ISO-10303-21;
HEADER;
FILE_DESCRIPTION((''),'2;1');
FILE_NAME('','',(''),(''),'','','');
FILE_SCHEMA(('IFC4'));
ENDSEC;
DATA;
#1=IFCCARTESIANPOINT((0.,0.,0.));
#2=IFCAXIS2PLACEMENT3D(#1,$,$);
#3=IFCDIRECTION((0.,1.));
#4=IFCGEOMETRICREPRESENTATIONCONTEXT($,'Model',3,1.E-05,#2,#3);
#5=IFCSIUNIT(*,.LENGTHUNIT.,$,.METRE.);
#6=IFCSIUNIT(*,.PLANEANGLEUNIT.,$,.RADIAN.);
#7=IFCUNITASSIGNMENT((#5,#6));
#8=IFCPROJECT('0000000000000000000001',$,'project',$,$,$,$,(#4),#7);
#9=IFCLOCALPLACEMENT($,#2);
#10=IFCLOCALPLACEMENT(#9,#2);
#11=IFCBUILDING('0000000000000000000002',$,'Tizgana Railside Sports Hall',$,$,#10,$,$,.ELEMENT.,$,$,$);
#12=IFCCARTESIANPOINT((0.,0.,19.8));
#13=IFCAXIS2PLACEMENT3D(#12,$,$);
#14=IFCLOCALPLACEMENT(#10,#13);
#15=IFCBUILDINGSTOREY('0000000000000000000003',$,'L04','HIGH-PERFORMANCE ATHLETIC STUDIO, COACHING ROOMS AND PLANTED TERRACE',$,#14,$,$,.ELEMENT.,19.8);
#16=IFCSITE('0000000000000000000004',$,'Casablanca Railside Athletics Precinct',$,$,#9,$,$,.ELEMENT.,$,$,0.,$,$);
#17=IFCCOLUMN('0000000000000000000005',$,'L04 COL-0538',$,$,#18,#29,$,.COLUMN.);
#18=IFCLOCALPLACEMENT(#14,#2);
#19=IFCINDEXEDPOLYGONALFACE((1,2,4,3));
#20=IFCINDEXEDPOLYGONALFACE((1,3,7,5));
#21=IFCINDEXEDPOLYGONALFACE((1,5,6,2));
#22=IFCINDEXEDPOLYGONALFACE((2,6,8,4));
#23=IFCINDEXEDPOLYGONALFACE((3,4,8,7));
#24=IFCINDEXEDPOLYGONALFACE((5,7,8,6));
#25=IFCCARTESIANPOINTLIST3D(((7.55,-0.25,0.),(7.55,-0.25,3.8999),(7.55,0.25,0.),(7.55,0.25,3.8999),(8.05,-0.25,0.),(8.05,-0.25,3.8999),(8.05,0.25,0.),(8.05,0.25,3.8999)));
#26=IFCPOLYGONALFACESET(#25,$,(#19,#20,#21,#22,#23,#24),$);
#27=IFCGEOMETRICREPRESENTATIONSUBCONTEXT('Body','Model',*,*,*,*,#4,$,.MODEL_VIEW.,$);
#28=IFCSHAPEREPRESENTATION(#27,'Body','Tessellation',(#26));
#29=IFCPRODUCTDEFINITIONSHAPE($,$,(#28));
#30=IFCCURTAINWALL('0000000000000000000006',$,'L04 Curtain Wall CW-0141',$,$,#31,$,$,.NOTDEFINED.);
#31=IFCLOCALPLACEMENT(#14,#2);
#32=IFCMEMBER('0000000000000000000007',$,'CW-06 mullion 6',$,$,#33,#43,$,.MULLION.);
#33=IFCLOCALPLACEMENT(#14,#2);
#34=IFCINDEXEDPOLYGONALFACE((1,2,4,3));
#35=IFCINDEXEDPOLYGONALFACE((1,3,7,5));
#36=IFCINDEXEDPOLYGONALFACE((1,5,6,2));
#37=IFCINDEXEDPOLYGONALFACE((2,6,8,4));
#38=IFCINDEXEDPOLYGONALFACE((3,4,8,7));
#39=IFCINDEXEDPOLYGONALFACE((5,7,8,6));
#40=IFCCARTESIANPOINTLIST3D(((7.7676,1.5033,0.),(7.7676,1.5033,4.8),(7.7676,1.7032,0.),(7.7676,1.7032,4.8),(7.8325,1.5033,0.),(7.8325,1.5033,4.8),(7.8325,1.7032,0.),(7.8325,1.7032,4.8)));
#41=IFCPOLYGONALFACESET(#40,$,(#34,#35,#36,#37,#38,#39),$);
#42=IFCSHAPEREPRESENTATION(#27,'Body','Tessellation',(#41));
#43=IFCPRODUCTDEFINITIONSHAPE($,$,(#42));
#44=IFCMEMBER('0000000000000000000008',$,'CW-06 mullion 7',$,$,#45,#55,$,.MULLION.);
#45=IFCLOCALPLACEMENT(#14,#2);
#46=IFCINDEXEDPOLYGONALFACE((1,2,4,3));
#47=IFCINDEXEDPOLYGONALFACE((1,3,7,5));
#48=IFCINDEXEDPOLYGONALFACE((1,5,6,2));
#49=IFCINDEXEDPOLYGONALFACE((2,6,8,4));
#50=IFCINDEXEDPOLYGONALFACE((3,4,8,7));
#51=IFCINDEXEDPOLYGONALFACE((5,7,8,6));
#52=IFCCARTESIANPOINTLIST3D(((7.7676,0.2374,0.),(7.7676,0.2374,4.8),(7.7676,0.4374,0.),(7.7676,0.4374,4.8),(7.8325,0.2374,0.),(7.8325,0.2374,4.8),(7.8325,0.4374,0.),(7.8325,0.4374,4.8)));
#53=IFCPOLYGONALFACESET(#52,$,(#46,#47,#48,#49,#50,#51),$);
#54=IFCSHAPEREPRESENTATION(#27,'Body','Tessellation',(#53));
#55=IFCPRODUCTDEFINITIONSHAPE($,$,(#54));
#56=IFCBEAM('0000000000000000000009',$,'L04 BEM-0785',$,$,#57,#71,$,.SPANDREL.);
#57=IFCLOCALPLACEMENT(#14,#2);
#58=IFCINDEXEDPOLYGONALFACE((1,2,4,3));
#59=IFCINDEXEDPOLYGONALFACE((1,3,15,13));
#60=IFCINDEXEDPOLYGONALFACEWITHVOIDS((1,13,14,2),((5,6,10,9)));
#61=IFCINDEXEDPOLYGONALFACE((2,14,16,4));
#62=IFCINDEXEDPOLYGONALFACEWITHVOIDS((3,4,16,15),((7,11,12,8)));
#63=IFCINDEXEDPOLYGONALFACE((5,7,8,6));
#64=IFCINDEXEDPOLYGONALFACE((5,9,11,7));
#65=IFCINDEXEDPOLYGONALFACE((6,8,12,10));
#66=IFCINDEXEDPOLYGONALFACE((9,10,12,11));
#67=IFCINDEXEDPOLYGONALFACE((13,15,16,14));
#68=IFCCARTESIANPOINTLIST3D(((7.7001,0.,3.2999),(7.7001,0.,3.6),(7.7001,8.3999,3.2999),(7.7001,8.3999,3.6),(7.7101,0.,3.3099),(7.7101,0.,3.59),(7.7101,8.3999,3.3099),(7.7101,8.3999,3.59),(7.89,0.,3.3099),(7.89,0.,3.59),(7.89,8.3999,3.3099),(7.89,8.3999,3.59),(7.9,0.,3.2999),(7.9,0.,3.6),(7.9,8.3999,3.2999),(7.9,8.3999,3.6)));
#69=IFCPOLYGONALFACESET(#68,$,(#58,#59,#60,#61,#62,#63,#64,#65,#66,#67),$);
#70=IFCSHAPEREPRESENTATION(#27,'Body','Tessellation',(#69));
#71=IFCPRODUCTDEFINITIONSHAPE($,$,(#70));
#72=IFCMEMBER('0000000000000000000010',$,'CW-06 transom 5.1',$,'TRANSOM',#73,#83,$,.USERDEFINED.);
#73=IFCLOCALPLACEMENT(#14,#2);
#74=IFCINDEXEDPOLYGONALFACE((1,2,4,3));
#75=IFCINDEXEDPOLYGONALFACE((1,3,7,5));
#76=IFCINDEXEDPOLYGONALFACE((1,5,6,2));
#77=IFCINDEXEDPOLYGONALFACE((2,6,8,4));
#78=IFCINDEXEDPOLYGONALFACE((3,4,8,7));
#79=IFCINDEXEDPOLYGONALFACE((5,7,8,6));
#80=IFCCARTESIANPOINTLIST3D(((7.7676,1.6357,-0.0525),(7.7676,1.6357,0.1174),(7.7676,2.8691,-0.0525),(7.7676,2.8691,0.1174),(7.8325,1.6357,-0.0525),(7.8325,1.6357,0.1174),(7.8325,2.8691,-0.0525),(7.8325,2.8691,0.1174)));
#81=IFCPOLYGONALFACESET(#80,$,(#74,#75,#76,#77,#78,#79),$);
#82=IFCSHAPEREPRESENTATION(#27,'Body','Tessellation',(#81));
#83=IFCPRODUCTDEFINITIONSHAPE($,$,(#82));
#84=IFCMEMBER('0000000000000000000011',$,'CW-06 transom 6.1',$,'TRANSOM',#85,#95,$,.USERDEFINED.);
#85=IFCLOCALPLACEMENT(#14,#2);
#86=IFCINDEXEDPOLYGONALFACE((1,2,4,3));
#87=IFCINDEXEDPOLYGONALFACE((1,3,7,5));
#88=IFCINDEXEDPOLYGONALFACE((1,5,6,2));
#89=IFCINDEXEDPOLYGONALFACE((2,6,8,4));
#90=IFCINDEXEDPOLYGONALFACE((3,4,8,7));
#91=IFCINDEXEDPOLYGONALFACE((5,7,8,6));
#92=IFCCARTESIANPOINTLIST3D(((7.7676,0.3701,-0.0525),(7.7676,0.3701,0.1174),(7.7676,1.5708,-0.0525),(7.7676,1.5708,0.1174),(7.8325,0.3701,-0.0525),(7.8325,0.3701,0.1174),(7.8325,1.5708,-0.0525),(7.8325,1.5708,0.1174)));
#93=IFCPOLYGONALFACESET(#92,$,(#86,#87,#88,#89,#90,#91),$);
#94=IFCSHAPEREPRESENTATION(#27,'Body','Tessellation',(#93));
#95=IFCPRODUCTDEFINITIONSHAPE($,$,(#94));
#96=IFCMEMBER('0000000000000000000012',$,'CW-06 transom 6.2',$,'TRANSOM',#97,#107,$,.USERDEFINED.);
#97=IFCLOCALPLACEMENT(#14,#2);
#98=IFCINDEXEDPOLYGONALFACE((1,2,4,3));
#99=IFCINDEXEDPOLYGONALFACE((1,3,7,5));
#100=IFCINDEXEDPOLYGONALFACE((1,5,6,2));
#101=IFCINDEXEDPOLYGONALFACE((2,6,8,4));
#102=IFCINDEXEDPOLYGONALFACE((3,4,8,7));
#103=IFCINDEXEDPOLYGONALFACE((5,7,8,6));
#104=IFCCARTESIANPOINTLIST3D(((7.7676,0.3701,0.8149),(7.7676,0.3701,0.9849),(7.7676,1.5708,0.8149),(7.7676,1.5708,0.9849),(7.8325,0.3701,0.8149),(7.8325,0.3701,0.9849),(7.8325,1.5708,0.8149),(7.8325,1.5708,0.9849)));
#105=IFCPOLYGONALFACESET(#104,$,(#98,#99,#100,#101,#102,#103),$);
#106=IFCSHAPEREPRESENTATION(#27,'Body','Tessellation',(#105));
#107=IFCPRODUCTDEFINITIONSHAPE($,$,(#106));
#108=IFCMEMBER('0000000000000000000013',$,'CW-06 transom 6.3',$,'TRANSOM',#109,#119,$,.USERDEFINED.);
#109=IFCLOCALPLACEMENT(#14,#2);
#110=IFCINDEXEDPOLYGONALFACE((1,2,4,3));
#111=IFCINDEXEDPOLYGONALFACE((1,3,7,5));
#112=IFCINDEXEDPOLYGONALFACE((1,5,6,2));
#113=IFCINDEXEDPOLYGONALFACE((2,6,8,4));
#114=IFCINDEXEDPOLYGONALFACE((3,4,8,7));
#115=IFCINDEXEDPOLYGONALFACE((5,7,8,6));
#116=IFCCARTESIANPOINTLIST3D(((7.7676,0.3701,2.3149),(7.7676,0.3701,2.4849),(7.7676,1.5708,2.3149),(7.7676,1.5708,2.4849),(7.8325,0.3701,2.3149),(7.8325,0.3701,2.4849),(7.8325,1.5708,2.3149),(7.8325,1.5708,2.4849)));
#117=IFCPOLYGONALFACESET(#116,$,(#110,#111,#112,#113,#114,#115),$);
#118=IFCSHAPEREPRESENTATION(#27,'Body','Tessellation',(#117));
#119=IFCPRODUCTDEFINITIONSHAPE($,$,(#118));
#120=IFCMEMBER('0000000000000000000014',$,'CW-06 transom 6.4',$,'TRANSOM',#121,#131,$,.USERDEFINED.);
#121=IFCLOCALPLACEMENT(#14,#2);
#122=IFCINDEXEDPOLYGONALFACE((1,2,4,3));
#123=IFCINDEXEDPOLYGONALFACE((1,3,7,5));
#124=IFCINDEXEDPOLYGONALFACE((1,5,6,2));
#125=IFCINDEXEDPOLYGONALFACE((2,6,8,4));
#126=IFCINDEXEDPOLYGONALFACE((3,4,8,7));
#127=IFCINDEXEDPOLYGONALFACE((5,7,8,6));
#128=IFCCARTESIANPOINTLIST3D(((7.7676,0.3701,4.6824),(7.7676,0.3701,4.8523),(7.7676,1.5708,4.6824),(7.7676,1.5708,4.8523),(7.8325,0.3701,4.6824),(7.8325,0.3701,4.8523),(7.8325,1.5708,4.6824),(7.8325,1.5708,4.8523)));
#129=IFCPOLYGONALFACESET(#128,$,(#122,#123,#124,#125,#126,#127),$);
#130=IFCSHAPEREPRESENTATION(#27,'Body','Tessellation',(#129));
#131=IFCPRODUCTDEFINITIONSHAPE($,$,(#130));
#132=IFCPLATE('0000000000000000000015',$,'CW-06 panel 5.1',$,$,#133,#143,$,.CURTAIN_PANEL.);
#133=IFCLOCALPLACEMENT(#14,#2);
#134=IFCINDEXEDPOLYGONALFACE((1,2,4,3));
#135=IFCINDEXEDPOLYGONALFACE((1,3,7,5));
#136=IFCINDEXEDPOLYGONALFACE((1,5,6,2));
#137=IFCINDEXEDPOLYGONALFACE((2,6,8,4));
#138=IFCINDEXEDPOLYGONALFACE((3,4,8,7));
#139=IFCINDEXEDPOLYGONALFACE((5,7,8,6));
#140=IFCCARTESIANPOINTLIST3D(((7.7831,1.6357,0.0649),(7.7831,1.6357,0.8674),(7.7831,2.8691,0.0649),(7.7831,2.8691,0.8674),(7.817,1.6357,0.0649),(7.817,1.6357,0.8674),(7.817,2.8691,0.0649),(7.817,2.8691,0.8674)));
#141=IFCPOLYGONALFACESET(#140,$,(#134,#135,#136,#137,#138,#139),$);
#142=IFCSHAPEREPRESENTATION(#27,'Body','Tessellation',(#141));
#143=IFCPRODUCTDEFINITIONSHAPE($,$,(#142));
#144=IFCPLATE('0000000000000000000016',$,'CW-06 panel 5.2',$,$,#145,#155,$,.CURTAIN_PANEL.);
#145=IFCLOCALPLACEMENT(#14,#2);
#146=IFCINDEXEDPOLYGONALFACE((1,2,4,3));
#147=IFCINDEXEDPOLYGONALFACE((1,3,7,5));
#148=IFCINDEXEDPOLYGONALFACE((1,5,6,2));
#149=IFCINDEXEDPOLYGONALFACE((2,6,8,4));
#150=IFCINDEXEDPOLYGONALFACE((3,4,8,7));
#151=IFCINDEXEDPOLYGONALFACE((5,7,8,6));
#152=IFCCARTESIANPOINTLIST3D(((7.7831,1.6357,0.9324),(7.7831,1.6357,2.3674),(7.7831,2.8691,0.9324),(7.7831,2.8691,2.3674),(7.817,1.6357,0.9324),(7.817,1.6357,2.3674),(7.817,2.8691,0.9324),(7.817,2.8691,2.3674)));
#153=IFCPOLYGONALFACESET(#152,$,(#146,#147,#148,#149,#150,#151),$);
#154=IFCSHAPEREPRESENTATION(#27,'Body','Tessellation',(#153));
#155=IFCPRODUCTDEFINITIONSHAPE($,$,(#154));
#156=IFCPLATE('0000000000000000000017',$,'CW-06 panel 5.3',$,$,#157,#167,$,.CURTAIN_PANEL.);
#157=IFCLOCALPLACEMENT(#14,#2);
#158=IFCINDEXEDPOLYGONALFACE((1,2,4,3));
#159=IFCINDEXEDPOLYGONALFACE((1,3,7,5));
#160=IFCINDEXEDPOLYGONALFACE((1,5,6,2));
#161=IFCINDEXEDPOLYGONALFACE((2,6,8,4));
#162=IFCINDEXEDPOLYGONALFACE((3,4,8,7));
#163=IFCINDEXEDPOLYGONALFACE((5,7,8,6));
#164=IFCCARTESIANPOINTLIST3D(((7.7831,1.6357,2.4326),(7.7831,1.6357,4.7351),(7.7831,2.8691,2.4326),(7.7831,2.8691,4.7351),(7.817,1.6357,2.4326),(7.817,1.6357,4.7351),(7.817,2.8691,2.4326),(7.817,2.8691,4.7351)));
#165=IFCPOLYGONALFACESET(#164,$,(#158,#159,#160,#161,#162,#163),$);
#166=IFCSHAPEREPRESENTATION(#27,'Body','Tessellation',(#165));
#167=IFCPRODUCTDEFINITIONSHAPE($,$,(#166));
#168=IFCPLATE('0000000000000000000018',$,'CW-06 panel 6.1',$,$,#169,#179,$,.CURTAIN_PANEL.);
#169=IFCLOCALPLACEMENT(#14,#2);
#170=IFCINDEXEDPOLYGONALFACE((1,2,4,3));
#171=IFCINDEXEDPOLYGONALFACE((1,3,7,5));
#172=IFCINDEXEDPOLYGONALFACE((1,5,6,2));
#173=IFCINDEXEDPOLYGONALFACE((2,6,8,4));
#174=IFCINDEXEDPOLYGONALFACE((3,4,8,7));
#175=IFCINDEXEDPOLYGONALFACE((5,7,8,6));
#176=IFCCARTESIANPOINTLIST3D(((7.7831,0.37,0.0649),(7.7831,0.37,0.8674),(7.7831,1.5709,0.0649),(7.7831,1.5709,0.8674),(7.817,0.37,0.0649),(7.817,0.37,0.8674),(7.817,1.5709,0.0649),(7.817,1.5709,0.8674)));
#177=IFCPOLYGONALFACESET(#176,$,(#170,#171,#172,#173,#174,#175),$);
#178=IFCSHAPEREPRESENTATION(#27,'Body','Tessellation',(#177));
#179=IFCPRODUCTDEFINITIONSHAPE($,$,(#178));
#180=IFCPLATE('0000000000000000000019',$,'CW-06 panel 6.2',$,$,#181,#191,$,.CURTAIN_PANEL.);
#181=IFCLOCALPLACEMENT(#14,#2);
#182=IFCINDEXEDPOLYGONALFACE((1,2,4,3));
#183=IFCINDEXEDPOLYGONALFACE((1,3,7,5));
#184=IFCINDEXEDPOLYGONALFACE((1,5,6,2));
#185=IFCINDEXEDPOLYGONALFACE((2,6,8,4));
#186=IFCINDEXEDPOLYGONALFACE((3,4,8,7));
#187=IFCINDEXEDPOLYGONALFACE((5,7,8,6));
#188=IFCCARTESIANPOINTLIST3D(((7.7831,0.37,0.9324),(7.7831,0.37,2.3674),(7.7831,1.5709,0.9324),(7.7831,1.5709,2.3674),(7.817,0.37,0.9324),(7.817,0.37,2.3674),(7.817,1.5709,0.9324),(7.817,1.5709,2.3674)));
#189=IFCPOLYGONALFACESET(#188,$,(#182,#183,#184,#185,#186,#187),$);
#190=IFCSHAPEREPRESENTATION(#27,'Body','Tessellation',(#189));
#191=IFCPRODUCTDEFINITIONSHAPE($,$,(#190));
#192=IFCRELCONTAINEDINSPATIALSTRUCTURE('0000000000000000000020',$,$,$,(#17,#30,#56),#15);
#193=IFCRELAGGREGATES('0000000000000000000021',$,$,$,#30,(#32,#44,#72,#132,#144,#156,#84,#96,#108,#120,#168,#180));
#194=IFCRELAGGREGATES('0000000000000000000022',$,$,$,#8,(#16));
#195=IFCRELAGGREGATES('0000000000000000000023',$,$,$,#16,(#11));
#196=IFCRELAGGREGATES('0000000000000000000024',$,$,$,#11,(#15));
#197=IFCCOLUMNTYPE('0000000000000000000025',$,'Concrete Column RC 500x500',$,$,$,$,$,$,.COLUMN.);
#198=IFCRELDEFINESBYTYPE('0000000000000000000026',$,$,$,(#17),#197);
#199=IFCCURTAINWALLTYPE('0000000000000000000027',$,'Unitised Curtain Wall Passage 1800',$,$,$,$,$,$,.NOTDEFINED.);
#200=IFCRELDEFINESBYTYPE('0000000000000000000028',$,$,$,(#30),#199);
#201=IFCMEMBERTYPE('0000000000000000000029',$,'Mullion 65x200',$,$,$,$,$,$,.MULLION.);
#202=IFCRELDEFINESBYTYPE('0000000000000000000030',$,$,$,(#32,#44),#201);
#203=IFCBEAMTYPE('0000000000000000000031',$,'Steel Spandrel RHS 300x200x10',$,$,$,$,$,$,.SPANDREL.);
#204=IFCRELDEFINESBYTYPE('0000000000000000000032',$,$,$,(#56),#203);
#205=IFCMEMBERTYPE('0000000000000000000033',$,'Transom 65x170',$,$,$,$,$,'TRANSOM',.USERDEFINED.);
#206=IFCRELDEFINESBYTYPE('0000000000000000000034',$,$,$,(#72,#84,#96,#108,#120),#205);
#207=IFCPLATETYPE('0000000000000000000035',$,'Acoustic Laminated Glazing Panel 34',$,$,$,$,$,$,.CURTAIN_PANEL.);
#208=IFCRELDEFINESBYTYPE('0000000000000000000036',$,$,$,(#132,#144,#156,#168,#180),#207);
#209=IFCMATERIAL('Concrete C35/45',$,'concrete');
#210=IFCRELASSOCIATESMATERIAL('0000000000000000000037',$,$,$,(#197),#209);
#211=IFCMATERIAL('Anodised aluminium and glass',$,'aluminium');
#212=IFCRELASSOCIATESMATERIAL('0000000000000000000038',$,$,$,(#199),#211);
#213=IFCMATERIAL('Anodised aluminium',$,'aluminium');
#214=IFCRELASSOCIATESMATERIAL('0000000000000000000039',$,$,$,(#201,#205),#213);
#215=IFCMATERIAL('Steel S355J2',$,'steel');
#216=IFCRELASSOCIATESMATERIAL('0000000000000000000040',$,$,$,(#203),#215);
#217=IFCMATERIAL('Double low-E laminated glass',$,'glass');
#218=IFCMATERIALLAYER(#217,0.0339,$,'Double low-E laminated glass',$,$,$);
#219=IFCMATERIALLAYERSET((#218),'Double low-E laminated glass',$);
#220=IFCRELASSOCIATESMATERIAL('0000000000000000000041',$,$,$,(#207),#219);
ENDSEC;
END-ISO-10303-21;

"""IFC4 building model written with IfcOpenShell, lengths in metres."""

from ifc_helpers import new_model, si_unit, direction, frame, origin, origin_2d, place, context, subcontext, project, spatial, rectangle, hollow_rectangle, extrude, material, layer, layer_set, material_profile, profile_set, type_object, element, aggregate, save


model = new_model("IFC4")

# Units and contexts
model_context = context("Model", 3, precision=1e-05, world=origin(), true_north=direction((0.0, 1.0)))
body_context = subcontext(model_context, "Body", "Model", "MODEL_VIEW")
ifc_project = project(units=[si_unit("LENGTHUNIT", "METRE"), si_unit("PLANEANGLEUNIT", "RADIAN")], contexts=[model_context])

# Site, building, storey
site_placement = place(None, origin())
site = spatial("IfcSite", under=ifc_project, at=site_placement, Name="Casablanca Railside Athletics Precinct", CompositionType="ELEMENT", RefElevation=0.0)
building_placement = place(site_placement, origin())
building = spatial("IfcBuilding", under=site, at=building_placement, Name="Tizgana Railside Sports Hall", CompositionType="ELEMENT")
storey_placement = place(building_placement, frame((0.0, 0.0, 19.8)))
storey = spatial("IfcBuildingStorey", under=building, at=storey_placement, Name="L04", Description="HIGH-PERFORMANCE ATHLETIC STUDIO, COACHING ROOMS AND PLANTED TERRACE", CompositionType="ELEMENT", Elevation=19.8)

# Column
ifc_material_1 = material(Name="Concrete C35/45", Category="concrete")
ifc_material_profile_1 = material_profile(ifc_material_1, rectangle(XDim=0.5, YDim=0.5, at=origin_2d()), Name="RC 500x500")
ifc_profile_set_1 = profile_set([ifc_material_profile_1], Name="Concrete C35/45")
column_type = type_object("IfcColumnType", Name="Concrete Column RC 500x500", PredefinedType="COLUMN", material=ifc_profile_set_1)
column_placement = place(storey_placement, frame((7.8, 0.0, 0.0), z_axis=(0.0, 0.0, 1.0), x_axis=(1.0, 0.0, 0.0)))
element("IfcColumn", 1, at=column_placement, inside=storey, type_object=column_type, Name="L04 COL-0538", PredefinedType="COLUMN", context=body_context, shape_type="SweptSolid", body=[
    extrude(rectangle(XDim=0.5, YDim=0.5, at=origin_2d()), origin(), (0.0, 0.0, 1.0), 3.8999),
])

# Curtain wall, members
ifc_material_2 = material(Name="Anodised aluminium and glass", Category="aluminium")
curtain_wall_type = type_object("IfcCurtainWallType", Name="Unitised Curtain Wall Passage 1800", PredefinedType="NOTDEFINED", material=ifc_material_2)
curtain_wall_placement = place(storey_placement, origin())
curtain_wall = element("IfcCurtainWall", 2, at=curtain_wall_placement, inside=storey, type_object=curtain_wall_type, Name="L04 Curtain Wall CW-0141", PredefinedType="NOTDEFINED")
ifc_material_3 = material(Name="Anodised aluminium", Category="aluminium")
ifc_material_profile_2 = material_profile(ifc_material_3, rectangle(XDim=0.0649, YDim=0.2, at=origin_2d()), Name="Mullion 65x200")
ifc_profile_set_2 = profile_set([ifc_material_profile_2], Name="Anodised aluminium")
member_type_1 = type_object("IfcMemberType", Name="Mullion 65x200", PredefinedType="MULLION", material=ifc_profile_set_2)
member_1_placement = place(storey_placement, frame((7.8, 1.6033, 0.0), z_axis=(0.0, 0.0, 1.0), x_axis=(1.0, 0.0, 0.0)))
member_1 = element("IfcMember", 3, at=member_1_placement, type_object=member_type_1, Name="CW-06 mullion 6", PredefinedType="MULLION", context=body_context, shape_type="SweptSolid", body=[
    extrude(rectangle(XDim=0.0649, YDim=0.2, at=origin_2d()), origin(), (0.0, 0.0, 1.0), 4.8),
])
member_2_placement = place(storey_placement, frame((7.8, 0.3374, 0.0), z_axis=(0.0, 0.0, 1.0), x_axis=(1.0, 0.0, 0.0)))
member_2 = element("IfcMember", 4, at=member_2_placement, type_object=member_type_1, Name="CW-06 mullion 7", PredefinedType="MULLION", context=body_context, shape_type="SweptSolid", body=[
    extrude(rectangle(XDim=0.0649, YDim=0.2, at=origin_2d()), origin(), (0.0, 0.0, 1.0), 4.8),
])

# Beam
ifc_material_4 = material(Name="Steel S355J2", Category="steel")
ifc_material_profile_3 = material_profile(ifc_material_4, hollow_rectangle(XDim=0.2, YDim=0.3, WallThickness=0.01, at=origin_2d()), Name="RHS 300x200x10")
ifc_profile_set_3 = profile_set([ifc_material_profile_3], Name="Steel S355J2")
beam_type = type_object("IfcBeamType", Name="Steel Spandrel RHS 300x200x10", PredefinedType="SPANDREL", material=ifc_profile_set_3)
beam_placement = place(storey_placement, frame((7.8, 0.0, 3.45), z_axis=(0.0, 1.0, 0.0), x_axis=(-1.0, 0.0, 0.0)))
element("IfcBeam", 5, at=beam_placement, inside=storey, type_object=beam_type, Name="L04 BEM-0785", PredefinedType="SPANDREL", context=body_context, shape_type="SweptSolid", body=[
    extrude(hollow_rectangle(XDim=0.2, YDim=0.3, WallThickness=0.01, at=origin_2d()), origin(), (0.0, 0.0, 1.0), 8.3999),
])

# Members
ifc_material_profile_4 = material_profile(ifc_material_3, rectangle(XDim=0.0649, YDim=0.1699, at=origin_2d()), Name="Transom 65x170")
ifc_profile_set_4 = profile_set([ifc_material_profile_4], Name="Anodised aluminium")
member_type_2 = type_object("IfcMemberType", Name="Transom 65x170", ElementType="TRANSOM", PredefinedType="USERDEFINED", material=ifc_profile_set_4)
member_3_placement = place(storey_placement, frame((7.8, 2.8691, 0.0325), z_axis=(0.0, -1.0, 0.0), x_axis=(1.0, 0.0, 0.0)))
member_3 = element("IfcMember", 6, at=member_3_placement, type_object=member_type_2, Name="CW-06 transom 5.1", ObjectType="TRANSOM", PredefinedType="USERDEFINED", context=body_context, shape_type="SweptSolid", body=[
    extrude(rectangle(XDim=0.0649, YDim=0.1699, at=origin_2d()), origin(), (0.0, 0.0, 1.0), 1.2334),
])
member_4_placement = place(storey_placement, frame((7.8, 1.5708, 0.0325), z_axis=(0.0, -1.0, 0.0), x_axis=(1.0, 0.0, 0.0)))
member_4 = element("IfcMember", 7, at=member_4_placement, type_object=member_type_2, Name="CW-06 transom 6.1", ObjectType="TRANSOM", PredefinedType="USERDEFINED", context=body_context, shape_type="SweptSolid", body=[
    extrude(rectangle(XDim=0.0649, YDim=0.1699, at=origin_2d()), origin(), (0.0, 0.0, 1.0), 1.2007),
])
member_5_placement = place(storey_placement, frame((7.8, 1.5708, 0.8999), z_axis=(0.0, -1.0, 0.0), x_axis=(1.0, 0.0, 0.0)))
member_5 = element("IfcMember", 8, at=member_5_placement, type_object=member_type_2, Name="CW-06 transom 6.2", ObjectType="TRANSOM", PredefinedType="USERDEFINED", context=body_context, shape_type="SweptSolid", body=[
    extrude(rectangle(XDim=0.0649, YDim=0.1699, at=origin_2d()), origin(), (0.0, 0.0, 1.0), 1.2007),
])
member_6_placement = place(storey_placement, frame((7.8, 1.5708, 2.3999), z_axis=(0.0, -1.0, 0.0), x_axis=(1.0, 0.0, 0.0)))
member_6 = element("IfcMember", 9, at=member_6_placement, type_object=member_type_2, Name="CW-06 transom 6.3", ObjectType="TRANSOM", PredefinedType="USERDEFINED", context=body_context, shape_type="SweptSolid", body=[
    extrude(rectangle(XDim=0.0649, YDim=0.1699, at=origin_2d()), origin(), (0.0, 0.0, 1.0), 1.2007),
])
member_7_placement = place(storey_placement, frame((7.8, 1.5708, 4.7673), z_axis=(0.0, -1.0, 0.0), x_axis=(1.0, 0.0, 0.0)))
member_7 = element("IfcMember", 10, at=member_7_placement, type_object=member_type_2, Name="CW-06 transom 6.4", ObjectType="TRANSOM", PredefinedType="USERDEFINED", context=body_context, shape_type="SweptSolid", body=[
    extrude(rectangle(XDim=0.0649, YDim=0.1699, at=origin_2d()), origin(), (0.0, 0.0, 1.0), 1.2007),
])

# Plates
ifc_material_5 = material(Name="Double low-E laminated glass", Category="glass")
ifc_layer_1 = layer(ifc_material_5, 0.0339, Name="Double low-E laminated glass")
ifc_layer_set_1 = layer_set([ifc_layer_1], Name="Double low-E laminated glass")
plate_type = type_object("IfcPlateType", Name="Acoustic Laminated Glazing Panel 34", PredefinedType="CURTAIN_PANEL", material=ifc_layer_set_1)
plate_1_placement = place(storey_placement, frame((7.8, 2.2524, 0.0649), z_axis=(0.0, 0.0, 1.0), x_axis=(0.0, -1.0, 0.0)))
plate_1 = element("IfcPlate", 11, at=plate_1_placement, type_object=plate_type, Name="CW-06 panel 5.1", PredefinedType="CURTAIN_PANEL", context=body_context, shape_type="SweptSolid", body=[
    extrude(rectangle(XDim=1.2334, YDim=0.0339, at=origin_2d()), origin(), (0.0, 0.0, 1.0), 0.8025),
])
plate_2_placement = place(storey_placement, frame((7.8, 2.2524, 0.9324), z_axis=(0.0, 0.0, 1.0), x_axis=(0.0, -1.0, 0.0)))
plate_2 = element("IfcPlate", 12, at=plate_2_placement, type_object=plate_type, Name="CW-06 panel 5.2", PredefinedType="CURTAIN_PANEL", context=body_context, shape_type="SweptSolid", body=[
    extrude(rectangle(XDim=1.2334, YDim=0.0339, at=origin_2d()), origin(), (0.0, 0.0, 1.0), 1.4351),
])
plate_3_placement = place(storey_placement, frame((7.8, 2.2524, 2.4326), z_axis=(0.0, 0.0, 1.0), x_axis=(0.0, -1.0, 0.0)))
plate_3 = element("IfcPlate", 13, at=plate_3_placement, type_object=plate_type, Name="CW-06 panel 5.3", PredefinedType="CURTAIN_PANEL", context=body_context, shape_type="SweptSolid", body=[
    extrude(rectangle(XDim=1.2334, YDim=0.0339, at=origin_2d()), origin(), (0.0, 0.0, 1.0), 2.3025),
])
plate_4_placement = place(storey_placement, frame((7.8, 0.9705, 0.0649), z_axis=(0.0, 0.0, 1.0), x_axis=(0.0, -1.0, 0.0)))
plate_4 = element("IfcPlate", 14, at=plate_4_placement, type_object=plate_type, Name="CW-06 panel 6.1", PredefinedType="CURTAIN_PANEL", context=body_context, shape_type="SweptSolid", body=[
    extrude(rectangle(XDim=1.2009, YDim=0.0339, at=origin_2d()), origin(), (0.0, 0.0, 1.0), 0.8025),
])
plate_5_placement = place(storey_placement, frame((7.8, 0.9705, 0.9324), z_axis=(0.0, 0.0, 1.0), x_axis=(0.0, -1.0, 0.0)))
plate_5 = element("IfcPlate", 15, at=plate_5_placement, type_object=plate_type, Name="CW-06 panel 6.2", PredefinedType="CURTAIN_PANEL", context=body_context, shape_type="SweptSolid", body=[
    extrude(rectangle(XDim=1.2009, YDim=0.0339, at=origin_2d()), origin(), (0.0, 0.0, 1.0), 1.4351),
])
aggregate(curtain_wall, [member_1, member_2, member_3, plate_1, plate_2, plate_3, member_4, member_5, member_6, member_7, plate_4, plate_5])

save(model, "model.ifc")
